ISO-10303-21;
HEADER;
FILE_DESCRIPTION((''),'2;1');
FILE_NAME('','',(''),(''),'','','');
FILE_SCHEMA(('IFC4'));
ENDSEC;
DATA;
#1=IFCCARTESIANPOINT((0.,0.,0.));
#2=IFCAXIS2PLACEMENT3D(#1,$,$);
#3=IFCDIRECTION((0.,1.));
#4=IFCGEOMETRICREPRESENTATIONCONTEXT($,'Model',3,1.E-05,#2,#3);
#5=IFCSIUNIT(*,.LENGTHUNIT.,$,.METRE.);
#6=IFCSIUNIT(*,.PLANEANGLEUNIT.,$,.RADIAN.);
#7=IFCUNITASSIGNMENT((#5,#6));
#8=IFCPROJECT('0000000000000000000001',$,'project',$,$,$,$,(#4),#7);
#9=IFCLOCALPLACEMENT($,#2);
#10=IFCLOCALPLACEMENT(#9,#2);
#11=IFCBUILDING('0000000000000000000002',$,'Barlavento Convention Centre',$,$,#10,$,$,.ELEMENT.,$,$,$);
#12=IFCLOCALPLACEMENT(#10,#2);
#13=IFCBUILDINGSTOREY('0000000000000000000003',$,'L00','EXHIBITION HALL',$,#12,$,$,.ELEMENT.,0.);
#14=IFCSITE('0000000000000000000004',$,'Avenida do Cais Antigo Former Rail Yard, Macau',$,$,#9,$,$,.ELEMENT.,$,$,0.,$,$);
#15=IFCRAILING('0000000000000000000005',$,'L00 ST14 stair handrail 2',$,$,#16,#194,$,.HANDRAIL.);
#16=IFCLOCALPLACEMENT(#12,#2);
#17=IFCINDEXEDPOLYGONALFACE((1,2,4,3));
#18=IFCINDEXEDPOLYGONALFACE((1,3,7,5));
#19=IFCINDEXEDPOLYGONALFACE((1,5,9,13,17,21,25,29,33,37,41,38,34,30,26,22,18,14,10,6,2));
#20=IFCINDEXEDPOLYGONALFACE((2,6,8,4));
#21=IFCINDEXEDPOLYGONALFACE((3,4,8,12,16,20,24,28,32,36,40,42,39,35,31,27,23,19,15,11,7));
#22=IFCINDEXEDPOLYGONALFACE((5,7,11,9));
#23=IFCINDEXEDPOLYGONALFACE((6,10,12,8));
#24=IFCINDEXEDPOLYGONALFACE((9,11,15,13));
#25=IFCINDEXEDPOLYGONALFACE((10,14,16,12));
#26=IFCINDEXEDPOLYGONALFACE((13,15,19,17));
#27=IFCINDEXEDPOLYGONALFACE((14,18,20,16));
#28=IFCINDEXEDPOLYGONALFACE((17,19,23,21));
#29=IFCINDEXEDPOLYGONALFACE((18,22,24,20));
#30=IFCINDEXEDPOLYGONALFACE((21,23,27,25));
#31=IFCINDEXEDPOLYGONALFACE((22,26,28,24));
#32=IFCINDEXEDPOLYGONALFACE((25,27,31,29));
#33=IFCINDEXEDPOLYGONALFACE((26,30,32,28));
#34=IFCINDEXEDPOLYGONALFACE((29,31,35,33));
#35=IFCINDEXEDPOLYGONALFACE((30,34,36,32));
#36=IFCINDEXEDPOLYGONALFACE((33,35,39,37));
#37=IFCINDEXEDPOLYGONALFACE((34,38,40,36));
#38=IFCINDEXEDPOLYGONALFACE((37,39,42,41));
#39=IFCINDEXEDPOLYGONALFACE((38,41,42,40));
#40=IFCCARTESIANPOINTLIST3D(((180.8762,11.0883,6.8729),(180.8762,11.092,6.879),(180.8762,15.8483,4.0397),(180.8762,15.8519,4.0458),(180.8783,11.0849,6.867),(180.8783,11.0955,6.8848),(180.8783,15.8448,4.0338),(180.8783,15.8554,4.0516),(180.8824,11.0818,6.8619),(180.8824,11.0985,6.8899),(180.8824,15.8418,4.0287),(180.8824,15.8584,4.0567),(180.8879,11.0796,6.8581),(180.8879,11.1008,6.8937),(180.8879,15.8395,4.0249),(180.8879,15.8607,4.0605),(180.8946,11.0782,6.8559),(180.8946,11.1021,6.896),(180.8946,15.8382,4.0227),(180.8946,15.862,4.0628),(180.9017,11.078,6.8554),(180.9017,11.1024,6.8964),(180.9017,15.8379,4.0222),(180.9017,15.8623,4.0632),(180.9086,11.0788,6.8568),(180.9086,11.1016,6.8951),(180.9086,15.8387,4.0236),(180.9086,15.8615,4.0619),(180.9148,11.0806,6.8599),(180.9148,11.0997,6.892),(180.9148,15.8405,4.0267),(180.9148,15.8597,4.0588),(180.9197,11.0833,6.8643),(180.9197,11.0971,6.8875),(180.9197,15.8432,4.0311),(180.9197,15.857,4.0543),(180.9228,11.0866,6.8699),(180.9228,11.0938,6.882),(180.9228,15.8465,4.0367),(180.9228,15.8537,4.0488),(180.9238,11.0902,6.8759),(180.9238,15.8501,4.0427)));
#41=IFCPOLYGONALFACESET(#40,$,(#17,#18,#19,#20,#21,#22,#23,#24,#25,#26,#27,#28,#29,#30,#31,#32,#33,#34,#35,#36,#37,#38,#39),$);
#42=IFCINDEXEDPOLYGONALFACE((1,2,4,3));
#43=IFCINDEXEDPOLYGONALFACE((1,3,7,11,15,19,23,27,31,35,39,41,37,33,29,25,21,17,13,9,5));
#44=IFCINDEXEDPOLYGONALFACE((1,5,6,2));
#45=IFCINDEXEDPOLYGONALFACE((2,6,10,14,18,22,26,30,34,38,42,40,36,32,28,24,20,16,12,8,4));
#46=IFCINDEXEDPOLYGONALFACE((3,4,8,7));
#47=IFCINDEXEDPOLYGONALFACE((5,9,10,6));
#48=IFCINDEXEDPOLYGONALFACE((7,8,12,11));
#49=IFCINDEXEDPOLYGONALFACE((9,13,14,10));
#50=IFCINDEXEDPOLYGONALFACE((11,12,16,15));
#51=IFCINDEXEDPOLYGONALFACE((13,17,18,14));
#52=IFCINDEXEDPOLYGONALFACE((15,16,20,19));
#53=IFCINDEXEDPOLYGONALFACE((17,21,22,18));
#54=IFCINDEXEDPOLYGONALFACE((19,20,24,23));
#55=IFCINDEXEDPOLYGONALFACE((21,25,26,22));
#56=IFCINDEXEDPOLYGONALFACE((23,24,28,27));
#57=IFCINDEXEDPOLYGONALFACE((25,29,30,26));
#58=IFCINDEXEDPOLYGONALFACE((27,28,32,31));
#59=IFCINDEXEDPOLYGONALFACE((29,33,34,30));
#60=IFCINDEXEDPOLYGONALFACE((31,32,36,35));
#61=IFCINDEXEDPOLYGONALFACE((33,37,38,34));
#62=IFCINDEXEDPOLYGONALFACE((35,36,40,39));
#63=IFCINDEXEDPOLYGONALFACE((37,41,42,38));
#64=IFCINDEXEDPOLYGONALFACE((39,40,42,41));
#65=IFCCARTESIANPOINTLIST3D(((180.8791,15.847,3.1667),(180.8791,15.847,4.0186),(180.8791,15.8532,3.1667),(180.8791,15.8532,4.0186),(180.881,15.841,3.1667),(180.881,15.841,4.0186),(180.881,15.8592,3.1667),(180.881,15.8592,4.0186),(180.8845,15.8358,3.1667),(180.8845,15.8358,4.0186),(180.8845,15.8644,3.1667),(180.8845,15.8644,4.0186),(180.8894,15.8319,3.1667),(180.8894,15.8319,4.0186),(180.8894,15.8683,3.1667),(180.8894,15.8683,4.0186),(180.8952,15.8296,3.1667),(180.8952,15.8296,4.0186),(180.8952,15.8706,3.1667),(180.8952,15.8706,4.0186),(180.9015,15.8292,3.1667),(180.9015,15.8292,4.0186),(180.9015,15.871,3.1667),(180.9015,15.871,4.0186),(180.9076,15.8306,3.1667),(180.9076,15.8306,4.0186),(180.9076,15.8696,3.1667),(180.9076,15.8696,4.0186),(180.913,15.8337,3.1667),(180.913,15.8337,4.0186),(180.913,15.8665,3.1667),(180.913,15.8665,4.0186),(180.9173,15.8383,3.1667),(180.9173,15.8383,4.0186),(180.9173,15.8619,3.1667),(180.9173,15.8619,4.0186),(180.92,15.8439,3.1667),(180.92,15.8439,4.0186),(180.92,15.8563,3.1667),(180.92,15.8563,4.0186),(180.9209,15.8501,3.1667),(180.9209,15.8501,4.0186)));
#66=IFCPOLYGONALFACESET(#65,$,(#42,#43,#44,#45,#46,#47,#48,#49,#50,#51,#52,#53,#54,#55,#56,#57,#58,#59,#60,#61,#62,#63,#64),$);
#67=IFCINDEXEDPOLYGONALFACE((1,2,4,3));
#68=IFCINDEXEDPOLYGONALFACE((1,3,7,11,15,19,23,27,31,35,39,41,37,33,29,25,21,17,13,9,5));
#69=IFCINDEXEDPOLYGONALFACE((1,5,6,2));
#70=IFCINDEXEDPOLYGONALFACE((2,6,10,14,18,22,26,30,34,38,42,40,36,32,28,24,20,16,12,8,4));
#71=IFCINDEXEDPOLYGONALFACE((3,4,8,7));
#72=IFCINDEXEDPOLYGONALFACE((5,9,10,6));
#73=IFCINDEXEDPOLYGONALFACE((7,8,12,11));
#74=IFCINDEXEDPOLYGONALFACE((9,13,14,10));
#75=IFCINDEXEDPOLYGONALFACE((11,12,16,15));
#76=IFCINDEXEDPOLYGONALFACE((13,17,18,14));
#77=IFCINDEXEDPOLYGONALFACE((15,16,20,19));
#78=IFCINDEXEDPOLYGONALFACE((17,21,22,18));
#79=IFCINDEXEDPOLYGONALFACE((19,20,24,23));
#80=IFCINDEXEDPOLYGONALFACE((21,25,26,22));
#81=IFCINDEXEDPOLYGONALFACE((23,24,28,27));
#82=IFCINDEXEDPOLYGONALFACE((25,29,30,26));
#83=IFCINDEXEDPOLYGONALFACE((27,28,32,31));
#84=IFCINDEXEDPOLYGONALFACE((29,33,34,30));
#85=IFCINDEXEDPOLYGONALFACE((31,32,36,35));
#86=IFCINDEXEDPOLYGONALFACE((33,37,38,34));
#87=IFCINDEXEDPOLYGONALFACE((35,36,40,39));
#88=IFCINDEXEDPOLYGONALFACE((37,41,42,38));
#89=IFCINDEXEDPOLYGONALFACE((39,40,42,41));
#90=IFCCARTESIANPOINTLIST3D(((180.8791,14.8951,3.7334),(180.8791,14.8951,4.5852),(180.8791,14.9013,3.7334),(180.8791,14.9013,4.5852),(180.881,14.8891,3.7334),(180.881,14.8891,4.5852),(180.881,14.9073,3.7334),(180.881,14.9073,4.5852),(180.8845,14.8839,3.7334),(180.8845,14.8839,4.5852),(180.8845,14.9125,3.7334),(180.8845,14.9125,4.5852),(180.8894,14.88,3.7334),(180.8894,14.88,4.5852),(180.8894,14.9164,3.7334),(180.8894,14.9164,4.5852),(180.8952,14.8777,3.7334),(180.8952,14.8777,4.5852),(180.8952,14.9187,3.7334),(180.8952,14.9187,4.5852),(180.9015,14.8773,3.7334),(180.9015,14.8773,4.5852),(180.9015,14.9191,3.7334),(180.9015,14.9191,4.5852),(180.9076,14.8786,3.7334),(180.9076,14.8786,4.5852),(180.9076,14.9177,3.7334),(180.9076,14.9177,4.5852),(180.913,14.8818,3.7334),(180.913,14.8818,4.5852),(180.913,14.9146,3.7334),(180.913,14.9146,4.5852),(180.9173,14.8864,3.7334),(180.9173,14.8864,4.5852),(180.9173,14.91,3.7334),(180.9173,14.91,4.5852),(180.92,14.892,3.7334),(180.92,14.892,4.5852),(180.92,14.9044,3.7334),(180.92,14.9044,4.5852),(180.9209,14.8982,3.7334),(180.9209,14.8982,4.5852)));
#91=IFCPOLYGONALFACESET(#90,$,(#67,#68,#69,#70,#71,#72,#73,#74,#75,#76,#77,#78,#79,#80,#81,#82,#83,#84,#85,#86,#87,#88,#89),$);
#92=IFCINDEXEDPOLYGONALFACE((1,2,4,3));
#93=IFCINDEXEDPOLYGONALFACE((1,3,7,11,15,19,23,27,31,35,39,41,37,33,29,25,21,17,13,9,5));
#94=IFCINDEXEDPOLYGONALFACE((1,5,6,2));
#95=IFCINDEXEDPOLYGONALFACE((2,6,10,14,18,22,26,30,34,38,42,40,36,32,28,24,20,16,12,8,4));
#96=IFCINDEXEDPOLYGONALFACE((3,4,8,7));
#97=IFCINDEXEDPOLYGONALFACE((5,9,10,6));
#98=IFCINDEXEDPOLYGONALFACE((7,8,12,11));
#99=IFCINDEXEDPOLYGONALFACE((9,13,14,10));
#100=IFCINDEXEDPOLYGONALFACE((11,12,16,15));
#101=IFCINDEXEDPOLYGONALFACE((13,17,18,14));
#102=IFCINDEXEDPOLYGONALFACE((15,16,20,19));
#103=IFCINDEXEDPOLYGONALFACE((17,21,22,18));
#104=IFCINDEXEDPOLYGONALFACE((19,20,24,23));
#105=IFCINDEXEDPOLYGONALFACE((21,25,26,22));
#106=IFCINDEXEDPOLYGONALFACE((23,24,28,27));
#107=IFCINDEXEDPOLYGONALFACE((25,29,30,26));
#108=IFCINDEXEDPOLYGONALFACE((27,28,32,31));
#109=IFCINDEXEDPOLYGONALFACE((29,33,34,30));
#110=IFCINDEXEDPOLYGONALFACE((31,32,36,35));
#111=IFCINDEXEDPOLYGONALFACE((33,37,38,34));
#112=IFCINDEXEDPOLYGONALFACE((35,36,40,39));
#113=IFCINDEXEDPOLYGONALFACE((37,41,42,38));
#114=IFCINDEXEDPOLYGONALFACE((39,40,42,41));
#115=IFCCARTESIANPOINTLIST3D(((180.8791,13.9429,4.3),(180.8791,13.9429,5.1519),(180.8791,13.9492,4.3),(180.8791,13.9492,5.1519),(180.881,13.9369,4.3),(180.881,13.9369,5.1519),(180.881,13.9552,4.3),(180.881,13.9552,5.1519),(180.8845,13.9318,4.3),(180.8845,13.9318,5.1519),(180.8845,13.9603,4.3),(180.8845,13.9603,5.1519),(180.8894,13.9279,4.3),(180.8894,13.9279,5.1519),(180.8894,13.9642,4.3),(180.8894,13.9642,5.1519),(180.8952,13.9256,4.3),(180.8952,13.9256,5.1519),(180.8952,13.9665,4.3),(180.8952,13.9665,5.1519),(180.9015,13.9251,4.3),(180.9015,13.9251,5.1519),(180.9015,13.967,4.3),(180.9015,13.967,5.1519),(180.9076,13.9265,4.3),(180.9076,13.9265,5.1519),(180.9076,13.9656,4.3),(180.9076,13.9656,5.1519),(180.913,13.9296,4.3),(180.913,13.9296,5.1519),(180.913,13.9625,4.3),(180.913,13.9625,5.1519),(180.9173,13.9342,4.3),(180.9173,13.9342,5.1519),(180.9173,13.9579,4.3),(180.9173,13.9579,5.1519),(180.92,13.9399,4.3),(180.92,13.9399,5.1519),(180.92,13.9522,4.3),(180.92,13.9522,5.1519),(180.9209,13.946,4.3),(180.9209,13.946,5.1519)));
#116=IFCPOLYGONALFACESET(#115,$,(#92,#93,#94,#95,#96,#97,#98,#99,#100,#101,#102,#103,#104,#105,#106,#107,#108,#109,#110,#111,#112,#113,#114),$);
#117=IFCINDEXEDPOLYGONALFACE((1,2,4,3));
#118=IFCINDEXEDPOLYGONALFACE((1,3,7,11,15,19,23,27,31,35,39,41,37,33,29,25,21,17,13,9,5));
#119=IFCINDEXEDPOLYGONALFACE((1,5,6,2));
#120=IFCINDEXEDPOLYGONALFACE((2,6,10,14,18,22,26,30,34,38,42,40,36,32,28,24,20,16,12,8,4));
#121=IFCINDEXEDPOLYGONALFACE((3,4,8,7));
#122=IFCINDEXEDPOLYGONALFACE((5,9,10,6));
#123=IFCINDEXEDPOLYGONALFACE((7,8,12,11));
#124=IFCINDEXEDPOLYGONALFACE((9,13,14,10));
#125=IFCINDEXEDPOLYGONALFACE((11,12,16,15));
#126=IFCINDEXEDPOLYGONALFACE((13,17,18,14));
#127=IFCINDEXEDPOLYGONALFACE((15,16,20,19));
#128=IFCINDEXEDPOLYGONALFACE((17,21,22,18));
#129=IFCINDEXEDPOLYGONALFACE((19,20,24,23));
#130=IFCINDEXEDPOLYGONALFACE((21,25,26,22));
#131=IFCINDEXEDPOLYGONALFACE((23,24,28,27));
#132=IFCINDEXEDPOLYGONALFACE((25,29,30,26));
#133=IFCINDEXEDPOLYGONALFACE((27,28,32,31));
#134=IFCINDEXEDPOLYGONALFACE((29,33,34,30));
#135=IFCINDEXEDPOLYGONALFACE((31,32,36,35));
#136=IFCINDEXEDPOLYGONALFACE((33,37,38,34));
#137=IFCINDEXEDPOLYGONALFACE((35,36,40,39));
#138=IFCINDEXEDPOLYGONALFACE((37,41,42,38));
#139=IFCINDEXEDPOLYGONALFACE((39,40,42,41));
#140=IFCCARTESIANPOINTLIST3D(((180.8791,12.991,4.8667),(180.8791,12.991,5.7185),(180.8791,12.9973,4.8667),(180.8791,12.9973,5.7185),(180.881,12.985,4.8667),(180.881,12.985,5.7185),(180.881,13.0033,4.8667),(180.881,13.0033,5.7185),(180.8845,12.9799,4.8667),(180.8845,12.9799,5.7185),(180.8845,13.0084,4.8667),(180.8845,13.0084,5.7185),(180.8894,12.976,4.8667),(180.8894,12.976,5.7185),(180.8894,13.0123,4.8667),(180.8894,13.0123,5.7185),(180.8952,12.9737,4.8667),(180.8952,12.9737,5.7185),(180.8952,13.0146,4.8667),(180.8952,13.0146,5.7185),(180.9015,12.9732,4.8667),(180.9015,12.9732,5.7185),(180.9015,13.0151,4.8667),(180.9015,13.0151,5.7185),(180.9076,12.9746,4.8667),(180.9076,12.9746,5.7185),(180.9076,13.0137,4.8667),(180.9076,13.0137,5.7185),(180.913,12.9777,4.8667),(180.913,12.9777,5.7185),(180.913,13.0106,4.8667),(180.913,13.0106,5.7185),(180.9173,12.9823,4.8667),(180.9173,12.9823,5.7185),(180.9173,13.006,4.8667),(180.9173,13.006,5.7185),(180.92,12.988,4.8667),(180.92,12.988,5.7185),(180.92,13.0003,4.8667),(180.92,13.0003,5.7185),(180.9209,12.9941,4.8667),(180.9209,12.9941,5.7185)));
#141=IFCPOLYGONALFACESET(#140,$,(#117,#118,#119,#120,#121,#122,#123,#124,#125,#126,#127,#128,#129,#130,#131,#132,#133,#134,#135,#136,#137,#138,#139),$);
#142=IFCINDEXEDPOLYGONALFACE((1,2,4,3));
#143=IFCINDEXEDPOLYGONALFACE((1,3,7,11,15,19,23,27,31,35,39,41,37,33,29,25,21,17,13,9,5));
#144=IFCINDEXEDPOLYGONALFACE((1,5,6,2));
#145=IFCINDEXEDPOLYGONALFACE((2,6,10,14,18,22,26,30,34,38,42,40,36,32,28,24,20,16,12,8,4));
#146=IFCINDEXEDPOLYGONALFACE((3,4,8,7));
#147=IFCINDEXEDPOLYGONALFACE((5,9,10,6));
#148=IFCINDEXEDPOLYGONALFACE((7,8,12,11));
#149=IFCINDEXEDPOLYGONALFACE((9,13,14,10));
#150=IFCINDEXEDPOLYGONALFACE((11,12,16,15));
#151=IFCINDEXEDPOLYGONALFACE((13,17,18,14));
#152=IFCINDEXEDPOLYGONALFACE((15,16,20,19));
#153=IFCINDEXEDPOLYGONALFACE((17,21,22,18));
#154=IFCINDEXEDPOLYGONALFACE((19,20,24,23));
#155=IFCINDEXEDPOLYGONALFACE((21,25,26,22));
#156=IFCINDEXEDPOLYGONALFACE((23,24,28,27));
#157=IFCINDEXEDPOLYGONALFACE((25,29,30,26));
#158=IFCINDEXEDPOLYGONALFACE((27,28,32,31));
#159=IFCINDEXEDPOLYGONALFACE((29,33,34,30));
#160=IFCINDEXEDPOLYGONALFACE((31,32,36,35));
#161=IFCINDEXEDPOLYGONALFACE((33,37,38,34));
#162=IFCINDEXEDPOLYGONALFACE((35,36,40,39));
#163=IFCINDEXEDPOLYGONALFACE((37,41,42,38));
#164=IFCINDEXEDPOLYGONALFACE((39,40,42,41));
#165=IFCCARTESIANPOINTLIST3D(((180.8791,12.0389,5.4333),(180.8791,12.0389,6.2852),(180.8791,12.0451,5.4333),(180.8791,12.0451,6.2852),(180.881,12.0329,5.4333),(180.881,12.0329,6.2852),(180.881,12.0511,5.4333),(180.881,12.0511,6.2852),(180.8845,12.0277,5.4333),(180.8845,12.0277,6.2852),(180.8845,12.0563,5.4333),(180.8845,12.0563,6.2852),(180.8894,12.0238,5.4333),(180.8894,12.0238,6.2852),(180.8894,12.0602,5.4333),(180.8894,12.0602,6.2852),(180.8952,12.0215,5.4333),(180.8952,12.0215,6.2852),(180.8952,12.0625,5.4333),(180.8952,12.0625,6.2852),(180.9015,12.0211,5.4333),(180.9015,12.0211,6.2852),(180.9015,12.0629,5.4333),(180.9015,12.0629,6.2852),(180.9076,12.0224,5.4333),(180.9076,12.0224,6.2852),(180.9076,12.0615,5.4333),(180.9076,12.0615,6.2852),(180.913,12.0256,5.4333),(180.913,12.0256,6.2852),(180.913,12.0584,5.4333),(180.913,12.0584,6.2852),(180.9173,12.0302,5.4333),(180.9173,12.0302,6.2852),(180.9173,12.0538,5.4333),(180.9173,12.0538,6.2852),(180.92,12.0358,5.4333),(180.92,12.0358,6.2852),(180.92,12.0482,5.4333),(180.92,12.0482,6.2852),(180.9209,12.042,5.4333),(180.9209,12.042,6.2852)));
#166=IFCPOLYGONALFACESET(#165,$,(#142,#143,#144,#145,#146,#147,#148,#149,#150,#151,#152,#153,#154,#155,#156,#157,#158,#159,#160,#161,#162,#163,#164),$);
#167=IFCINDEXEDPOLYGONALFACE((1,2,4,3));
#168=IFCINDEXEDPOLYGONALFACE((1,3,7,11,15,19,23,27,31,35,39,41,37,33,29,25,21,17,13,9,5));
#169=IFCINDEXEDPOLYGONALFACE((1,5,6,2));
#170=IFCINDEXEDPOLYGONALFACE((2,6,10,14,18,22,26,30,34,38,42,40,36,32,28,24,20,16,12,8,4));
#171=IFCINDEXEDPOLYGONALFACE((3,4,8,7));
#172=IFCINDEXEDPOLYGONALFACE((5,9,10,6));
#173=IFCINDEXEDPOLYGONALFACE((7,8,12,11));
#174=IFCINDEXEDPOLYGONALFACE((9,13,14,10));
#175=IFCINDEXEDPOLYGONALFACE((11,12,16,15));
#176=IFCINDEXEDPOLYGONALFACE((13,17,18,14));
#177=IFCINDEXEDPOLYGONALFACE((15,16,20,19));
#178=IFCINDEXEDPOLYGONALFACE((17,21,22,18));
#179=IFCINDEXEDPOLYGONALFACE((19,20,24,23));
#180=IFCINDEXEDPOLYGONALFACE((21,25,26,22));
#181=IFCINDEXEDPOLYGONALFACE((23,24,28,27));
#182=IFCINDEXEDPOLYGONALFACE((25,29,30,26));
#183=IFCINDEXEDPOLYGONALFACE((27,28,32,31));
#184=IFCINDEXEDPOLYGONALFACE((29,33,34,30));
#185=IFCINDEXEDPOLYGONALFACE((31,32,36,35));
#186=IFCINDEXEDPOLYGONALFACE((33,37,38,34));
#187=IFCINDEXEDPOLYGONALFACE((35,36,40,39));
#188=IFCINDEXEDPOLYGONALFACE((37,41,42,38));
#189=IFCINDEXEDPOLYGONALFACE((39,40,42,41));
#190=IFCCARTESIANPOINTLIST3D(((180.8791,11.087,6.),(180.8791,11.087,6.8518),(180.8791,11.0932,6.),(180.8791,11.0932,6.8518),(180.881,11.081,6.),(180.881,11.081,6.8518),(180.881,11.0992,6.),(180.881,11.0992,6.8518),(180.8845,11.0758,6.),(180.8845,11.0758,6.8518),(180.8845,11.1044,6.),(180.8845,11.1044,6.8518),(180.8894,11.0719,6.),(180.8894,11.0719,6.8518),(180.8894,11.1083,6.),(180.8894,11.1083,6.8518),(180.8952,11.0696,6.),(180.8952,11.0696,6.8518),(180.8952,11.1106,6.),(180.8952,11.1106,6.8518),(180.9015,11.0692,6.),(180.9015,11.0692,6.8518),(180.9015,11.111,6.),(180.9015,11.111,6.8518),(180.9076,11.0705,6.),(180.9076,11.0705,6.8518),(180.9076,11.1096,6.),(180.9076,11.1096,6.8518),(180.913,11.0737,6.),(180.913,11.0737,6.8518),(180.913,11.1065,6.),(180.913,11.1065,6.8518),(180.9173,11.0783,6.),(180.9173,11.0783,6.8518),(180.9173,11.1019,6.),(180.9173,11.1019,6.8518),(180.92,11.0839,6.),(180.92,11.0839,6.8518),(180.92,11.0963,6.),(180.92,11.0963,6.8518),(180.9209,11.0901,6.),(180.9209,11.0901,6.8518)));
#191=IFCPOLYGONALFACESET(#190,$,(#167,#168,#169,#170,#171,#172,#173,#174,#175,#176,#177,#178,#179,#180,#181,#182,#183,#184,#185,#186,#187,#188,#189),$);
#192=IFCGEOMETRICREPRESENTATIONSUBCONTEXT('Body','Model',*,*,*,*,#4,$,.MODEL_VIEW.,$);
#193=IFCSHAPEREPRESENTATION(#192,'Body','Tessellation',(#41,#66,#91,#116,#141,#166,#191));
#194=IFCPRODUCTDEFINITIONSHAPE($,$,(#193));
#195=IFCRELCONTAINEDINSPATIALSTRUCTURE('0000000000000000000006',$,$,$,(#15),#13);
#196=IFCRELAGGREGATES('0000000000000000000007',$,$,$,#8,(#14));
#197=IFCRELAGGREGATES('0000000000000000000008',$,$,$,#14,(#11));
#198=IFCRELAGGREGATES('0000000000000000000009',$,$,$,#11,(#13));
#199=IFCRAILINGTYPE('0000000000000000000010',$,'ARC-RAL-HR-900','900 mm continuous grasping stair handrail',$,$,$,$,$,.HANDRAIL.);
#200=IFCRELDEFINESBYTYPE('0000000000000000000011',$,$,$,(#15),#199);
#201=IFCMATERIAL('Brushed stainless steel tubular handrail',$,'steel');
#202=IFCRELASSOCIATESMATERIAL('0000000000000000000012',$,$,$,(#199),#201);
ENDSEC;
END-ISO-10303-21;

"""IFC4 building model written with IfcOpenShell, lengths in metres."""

from ifc_helpers import new_model, si_unit, direction, frame, origin, origin_2d, place, context, subcontext, project, spatial, circle, extrude, material, type_object, element, save


model = new_model("IFC4")

# Units and contexts
model_context = context("Model", 3, precision=1e-05, world=origin(), true_north=direction((0.0, 1.0)))
body_context = subcontext(model_context, "Body", "Model", "MODEL_VIEW")
ifc_project = project(units=[si_unit("LENGTHUNIT", "METRE"), si_unit("PLANEANGLEUNIT", "RADIAN")], contexts=[model_context])

# Site, building, storey
site_placement = place(None, origin())
site = spatial("IfcSite", under=ifc_project, at=site_placement, Name="Avenida do Cais Antigo Former Rail Yard, Macau", CompositionType="ELEMENT", RefElevation=0.0)
building_placement = place(site_placement, origin())
building = spatial("IfcBuilding", under=site, at=building_placement, Name="Barlavento Convention Centre", CompositionType="ELEMENT")
storey_placement = place(building_placement, origin())
storey = spatial("IfcBuildingStorey", under=building, at=storey_placement, Name="L00", Description="EXHIBITION HALL", CompositionType="ELEMENT", Elevation=0.0)

# Railing
ifc_material_1 = material(Name="Brushed stainless steel tubular handrail", Category="steel")
railing_type_1 = type_object("IfcRailingType", Name="ARC-RAL-HR-900", Description="900 mm continuous grasping stair handrail", PredefinedType="HANDRAIL", material=ifc_material_1)
railing_1_placement = place(storey_placement, frame((180.8999, 15.8501, 3.1667)))
element("IfcRailing", 1, at=railing_1_placement, inside=storey, type_object=railing_type_1, Name="L00 ST14 stair handrail 2", PredefinedType="HANDRAIL", context=body_context, shape_type="SweptSolid", body=[
    extrude(circle(Radius=0.0239, at=origin_2d()), frame((0.0, 0.0, 0.876), z_axis=(0.0, -0.8593, 0.511472), x_axis=(1.0, 0.0, 0.0)), (0.0, 0.0, 1.0), 5.5393),
    extrude(circle(Radius=0.021, at=origin_2d()), origin(), (0.0, 0.0, 1.0), 0.8518),
    extrude(circle(Radius=0.021, at=origin_2d()), frame((0.0, -0.9519, 0.5667)), (0.0, 0.0, 1.0), 0.8518),
    extrude(circle(Radius=0.021, at=origin_2d()), frame((0.0, -1.9041, 1.1333)), (0.0, 0.0, 1.0), 0.8518),
    extrude(circle(Radius=0.021, at=origin_2d()), frame((0.0, -2.856, 1.7)), (0.0, 0.0, 1.0), 0.8518),
    extrude(circle(Radius=0.021, at=origin_2d()), frame((0.0, -3.8081, 2.2666)), (0.0, 0.0, 1.0), 0.8518),
    extrude(circle(Radius=0.021, at=origin_2d()), frame((0.0, -4.76, 2.8333)), (0.0, 0.0, 1.0), 0.8518),
])

save(model, "model.ifc")
